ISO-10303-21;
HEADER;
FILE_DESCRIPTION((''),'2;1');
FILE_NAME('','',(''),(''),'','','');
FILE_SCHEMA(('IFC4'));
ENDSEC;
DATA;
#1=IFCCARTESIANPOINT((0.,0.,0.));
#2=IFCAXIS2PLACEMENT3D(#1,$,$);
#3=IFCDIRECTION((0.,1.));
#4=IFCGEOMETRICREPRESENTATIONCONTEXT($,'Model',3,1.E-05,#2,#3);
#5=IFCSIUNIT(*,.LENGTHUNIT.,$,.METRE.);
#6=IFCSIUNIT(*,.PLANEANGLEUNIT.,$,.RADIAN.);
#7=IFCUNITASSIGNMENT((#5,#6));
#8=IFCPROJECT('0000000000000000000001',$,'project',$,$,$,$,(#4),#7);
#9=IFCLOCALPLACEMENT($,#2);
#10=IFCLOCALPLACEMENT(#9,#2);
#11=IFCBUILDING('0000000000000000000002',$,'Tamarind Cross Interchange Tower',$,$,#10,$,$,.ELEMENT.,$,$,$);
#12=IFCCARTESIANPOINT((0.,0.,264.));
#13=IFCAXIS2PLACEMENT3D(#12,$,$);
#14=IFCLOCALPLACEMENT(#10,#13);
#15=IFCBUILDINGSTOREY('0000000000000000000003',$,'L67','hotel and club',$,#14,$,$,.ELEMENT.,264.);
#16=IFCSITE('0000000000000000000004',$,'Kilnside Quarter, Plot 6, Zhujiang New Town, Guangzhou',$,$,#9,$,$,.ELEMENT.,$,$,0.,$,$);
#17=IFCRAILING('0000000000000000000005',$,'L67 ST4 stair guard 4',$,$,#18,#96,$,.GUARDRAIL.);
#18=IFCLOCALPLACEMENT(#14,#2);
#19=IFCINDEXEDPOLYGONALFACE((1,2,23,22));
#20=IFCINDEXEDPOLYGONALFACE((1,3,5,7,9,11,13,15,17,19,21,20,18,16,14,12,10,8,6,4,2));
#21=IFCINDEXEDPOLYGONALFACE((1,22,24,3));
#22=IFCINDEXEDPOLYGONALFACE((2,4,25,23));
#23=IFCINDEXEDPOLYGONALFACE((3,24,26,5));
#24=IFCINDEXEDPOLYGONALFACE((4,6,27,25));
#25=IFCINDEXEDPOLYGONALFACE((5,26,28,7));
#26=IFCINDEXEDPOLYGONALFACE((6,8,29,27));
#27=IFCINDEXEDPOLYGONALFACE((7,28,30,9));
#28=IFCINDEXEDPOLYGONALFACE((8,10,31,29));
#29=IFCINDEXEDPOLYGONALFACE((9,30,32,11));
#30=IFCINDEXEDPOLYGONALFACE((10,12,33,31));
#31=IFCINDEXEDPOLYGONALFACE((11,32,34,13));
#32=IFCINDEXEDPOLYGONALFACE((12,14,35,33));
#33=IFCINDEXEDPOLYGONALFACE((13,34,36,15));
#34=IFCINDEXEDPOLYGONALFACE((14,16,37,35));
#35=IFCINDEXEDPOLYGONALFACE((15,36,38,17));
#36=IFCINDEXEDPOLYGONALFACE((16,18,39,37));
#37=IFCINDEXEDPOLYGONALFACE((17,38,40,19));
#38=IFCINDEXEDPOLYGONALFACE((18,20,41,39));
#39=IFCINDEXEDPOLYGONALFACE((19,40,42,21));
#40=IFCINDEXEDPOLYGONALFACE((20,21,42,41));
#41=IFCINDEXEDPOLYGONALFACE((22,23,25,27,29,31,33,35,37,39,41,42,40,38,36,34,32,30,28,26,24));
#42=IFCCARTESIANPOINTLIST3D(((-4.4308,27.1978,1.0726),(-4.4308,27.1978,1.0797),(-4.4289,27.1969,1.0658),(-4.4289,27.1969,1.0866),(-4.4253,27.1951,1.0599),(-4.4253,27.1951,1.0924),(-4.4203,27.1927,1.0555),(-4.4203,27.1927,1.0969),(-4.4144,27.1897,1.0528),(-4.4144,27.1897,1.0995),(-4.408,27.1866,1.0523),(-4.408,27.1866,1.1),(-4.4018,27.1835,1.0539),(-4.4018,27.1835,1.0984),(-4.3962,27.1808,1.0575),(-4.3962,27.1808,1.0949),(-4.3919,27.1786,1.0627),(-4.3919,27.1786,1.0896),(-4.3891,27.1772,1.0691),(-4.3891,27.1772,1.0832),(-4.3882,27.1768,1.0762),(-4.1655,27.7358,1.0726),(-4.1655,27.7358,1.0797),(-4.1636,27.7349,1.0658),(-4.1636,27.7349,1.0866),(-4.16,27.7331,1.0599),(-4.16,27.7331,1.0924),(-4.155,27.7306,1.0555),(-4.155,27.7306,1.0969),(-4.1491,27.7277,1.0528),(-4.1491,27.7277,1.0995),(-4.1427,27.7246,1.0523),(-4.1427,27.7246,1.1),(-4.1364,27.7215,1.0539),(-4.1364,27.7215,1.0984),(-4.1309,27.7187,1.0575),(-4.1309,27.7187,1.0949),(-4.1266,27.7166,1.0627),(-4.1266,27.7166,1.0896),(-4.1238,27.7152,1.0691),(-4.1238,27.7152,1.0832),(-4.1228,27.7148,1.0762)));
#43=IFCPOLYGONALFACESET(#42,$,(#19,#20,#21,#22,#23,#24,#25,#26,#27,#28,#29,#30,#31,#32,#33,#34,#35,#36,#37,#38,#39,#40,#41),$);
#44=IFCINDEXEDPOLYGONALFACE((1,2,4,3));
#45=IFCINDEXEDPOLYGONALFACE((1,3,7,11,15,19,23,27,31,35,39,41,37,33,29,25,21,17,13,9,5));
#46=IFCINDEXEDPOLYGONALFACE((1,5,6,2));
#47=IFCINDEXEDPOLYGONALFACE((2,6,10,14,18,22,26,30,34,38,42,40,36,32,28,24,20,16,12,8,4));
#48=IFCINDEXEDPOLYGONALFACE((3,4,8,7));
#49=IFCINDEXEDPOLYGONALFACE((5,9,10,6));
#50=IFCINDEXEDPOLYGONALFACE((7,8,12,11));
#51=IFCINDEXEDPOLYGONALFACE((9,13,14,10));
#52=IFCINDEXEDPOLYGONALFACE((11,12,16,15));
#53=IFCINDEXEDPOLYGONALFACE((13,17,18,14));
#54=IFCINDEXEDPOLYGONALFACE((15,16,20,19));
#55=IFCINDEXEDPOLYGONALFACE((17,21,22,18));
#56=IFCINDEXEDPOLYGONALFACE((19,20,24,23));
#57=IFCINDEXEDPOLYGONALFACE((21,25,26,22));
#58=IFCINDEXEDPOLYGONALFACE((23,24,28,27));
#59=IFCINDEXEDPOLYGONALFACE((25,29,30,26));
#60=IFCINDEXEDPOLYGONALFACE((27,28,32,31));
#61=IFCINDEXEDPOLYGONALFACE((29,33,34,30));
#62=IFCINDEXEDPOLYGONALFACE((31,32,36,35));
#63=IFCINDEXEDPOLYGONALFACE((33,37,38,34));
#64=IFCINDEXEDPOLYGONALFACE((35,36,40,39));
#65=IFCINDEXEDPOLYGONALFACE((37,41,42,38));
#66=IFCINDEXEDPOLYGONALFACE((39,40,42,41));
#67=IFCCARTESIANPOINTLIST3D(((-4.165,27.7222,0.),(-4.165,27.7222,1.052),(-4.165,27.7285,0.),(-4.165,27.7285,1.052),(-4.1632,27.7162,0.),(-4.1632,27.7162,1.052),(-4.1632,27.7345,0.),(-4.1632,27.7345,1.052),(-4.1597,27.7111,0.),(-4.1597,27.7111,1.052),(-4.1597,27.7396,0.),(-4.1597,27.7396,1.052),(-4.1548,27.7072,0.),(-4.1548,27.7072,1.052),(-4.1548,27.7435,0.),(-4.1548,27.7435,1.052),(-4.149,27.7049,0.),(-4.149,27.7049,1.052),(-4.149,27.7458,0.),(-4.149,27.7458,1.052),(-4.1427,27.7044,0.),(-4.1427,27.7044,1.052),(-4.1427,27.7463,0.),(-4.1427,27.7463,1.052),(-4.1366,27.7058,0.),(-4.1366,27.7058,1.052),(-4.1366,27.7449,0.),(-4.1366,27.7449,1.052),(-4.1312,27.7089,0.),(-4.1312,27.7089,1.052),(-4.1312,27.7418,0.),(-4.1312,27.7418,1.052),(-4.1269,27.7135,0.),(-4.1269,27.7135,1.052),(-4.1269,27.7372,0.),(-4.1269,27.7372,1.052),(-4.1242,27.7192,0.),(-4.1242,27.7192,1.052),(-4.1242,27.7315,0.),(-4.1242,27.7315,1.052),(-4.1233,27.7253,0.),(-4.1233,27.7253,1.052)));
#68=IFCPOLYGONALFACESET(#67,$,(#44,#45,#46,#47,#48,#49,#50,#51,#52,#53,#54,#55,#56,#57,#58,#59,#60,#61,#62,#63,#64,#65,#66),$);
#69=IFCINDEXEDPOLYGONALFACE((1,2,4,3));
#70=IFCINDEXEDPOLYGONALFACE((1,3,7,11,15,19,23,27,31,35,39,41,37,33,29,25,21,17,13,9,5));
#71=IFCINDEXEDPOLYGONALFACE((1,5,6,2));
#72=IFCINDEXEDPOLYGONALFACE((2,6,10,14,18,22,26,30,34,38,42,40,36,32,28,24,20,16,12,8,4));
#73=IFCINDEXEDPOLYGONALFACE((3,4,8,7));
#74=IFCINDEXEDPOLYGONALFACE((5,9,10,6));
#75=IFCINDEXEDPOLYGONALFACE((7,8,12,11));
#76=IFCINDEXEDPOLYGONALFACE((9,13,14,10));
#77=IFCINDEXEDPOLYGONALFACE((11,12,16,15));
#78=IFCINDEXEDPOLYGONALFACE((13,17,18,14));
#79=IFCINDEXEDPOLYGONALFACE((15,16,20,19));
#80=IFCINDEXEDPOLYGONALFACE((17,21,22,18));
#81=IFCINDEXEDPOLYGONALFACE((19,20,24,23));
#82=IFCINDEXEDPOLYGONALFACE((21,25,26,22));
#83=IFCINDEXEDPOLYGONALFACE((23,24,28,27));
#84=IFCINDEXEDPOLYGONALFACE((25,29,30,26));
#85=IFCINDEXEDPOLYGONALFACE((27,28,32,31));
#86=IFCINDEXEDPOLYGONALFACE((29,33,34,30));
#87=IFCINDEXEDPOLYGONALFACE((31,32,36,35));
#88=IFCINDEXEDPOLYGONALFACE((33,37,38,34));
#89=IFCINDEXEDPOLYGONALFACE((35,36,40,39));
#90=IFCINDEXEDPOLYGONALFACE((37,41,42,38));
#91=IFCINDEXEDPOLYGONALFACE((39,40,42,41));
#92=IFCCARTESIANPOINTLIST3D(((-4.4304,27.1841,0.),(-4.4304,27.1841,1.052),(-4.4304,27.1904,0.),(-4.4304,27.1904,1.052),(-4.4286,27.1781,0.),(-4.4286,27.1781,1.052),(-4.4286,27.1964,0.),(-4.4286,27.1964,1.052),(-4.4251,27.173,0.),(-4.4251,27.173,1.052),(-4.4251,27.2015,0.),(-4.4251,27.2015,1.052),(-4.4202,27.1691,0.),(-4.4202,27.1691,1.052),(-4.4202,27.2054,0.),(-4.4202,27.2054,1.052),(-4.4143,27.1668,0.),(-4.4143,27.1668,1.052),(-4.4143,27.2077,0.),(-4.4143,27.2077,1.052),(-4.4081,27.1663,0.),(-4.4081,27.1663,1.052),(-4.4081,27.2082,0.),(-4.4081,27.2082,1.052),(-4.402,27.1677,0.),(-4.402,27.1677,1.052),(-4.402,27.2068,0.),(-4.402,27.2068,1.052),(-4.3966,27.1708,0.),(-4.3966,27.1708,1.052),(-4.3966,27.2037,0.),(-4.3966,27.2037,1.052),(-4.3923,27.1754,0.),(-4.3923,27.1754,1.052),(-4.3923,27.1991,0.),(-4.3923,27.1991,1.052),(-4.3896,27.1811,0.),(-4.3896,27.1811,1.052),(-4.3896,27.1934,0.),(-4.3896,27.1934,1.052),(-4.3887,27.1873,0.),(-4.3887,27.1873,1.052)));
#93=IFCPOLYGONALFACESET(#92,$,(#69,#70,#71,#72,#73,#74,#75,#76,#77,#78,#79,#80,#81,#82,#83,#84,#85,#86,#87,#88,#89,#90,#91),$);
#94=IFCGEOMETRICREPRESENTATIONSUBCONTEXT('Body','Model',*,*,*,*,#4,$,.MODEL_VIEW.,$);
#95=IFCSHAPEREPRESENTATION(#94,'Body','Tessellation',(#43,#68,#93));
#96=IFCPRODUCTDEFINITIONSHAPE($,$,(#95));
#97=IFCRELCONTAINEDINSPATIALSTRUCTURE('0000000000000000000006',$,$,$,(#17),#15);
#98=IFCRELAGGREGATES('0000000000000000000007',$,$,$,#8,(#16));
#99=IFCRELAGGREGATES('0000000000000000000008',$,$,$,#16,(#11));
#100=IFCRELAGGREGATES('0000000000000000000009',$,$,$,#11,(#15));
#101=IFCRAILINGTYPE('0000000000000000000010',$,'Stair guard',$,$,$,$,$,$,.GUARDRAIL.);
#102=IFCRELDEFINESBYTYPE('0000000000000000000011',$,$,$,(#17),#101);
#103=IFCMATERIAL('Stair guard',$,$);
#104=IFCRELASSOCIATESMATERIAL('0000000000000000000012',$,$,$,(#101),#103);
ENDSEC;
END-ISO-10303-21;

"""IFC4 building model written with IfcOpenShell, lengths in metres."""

from ifc_helpers import new_model, si_unit, direction, frame, origin, origin_2d, place, context, subcontext, project, spatial, circle, extrude, material, type_object, element, save


model = new_model("IFC4")

# Units and contexts
model_context = context("Model", 3, precision=1e-05, world=origin(), true_north=direction((0.0, 1.0)))
body_context = subcontext(model_context, "Body", "Model", "MODEL_VIEW")
ifc_project = project(units=[si_unit("LENGTHUNIT", "METRE"), si_unit("PLANEANGLEUNIT", "RADIAN")], contexts=[model_context])

# Site, building, storey
site_placement = place(None, origin())
site = spatial("IfcSite", under=ifc_project, at=site_placement, Name="Kilnside Quarter, Plot 6, Zhujiang New Town, Guangzhou", CompositionType="ELEMENT", RefElevation=0.0)
building_placement = place(site_placement, origin())
building = spatial("IfcBuilding", under=site, at=building_placement, Name="Tamarind Cross Interchange Tower", CompositionType="ELEMENT")
storey_placement = place(building_placement, frame((0.0, 0.0, 264.0)))
storey = spatial("IfcBuildingStorey", under=building, at=storey_placement, Name="L67", Description="hotel and club", CompositionType="ELEMENT", Elevation=264.0)

# Railing
ifc_material_1 = material(Name="Stair guard")
railing_type_1 = type_object("IfcRailingType", Name="Stair guard", PredefinedType="GUARDRAIL", material=ifc_material_1)
railing_1_placement = place(storey_placement, frame((-4.1443, 27.7253, 0.0)))
element("IfcRailing", 1, at=railing_1_placement, inside=storey, type_object=railing_type_1, Name="L67 ST4 stair guard 4", PredefinedType="GUARDRAIL", context=body_context, shape_type="SweptSolid", body=[
    extrude(circle(Radius=0.0239, at=origin_2d()), frame((0.0, 0.0, 1.0762), z_axis=(-0.442324, -0.896855, 0.0), x_axis=(0.896855, -0.442324, 0.0)), (0.0, 0.0, 1.0), 0.5999),
    extrude(circle(Radius=0.021, at=origin_2d()), origin(), (0.0, 0.0, 1.0), 1.052),
    extrude(circle(Radius=0.021, at=origin_2d()), frame((-0.2654, -0.5381, 0.0)), (0.0, 0.0, 1.0), 1.052),
])

save(model, "model.ifc")
